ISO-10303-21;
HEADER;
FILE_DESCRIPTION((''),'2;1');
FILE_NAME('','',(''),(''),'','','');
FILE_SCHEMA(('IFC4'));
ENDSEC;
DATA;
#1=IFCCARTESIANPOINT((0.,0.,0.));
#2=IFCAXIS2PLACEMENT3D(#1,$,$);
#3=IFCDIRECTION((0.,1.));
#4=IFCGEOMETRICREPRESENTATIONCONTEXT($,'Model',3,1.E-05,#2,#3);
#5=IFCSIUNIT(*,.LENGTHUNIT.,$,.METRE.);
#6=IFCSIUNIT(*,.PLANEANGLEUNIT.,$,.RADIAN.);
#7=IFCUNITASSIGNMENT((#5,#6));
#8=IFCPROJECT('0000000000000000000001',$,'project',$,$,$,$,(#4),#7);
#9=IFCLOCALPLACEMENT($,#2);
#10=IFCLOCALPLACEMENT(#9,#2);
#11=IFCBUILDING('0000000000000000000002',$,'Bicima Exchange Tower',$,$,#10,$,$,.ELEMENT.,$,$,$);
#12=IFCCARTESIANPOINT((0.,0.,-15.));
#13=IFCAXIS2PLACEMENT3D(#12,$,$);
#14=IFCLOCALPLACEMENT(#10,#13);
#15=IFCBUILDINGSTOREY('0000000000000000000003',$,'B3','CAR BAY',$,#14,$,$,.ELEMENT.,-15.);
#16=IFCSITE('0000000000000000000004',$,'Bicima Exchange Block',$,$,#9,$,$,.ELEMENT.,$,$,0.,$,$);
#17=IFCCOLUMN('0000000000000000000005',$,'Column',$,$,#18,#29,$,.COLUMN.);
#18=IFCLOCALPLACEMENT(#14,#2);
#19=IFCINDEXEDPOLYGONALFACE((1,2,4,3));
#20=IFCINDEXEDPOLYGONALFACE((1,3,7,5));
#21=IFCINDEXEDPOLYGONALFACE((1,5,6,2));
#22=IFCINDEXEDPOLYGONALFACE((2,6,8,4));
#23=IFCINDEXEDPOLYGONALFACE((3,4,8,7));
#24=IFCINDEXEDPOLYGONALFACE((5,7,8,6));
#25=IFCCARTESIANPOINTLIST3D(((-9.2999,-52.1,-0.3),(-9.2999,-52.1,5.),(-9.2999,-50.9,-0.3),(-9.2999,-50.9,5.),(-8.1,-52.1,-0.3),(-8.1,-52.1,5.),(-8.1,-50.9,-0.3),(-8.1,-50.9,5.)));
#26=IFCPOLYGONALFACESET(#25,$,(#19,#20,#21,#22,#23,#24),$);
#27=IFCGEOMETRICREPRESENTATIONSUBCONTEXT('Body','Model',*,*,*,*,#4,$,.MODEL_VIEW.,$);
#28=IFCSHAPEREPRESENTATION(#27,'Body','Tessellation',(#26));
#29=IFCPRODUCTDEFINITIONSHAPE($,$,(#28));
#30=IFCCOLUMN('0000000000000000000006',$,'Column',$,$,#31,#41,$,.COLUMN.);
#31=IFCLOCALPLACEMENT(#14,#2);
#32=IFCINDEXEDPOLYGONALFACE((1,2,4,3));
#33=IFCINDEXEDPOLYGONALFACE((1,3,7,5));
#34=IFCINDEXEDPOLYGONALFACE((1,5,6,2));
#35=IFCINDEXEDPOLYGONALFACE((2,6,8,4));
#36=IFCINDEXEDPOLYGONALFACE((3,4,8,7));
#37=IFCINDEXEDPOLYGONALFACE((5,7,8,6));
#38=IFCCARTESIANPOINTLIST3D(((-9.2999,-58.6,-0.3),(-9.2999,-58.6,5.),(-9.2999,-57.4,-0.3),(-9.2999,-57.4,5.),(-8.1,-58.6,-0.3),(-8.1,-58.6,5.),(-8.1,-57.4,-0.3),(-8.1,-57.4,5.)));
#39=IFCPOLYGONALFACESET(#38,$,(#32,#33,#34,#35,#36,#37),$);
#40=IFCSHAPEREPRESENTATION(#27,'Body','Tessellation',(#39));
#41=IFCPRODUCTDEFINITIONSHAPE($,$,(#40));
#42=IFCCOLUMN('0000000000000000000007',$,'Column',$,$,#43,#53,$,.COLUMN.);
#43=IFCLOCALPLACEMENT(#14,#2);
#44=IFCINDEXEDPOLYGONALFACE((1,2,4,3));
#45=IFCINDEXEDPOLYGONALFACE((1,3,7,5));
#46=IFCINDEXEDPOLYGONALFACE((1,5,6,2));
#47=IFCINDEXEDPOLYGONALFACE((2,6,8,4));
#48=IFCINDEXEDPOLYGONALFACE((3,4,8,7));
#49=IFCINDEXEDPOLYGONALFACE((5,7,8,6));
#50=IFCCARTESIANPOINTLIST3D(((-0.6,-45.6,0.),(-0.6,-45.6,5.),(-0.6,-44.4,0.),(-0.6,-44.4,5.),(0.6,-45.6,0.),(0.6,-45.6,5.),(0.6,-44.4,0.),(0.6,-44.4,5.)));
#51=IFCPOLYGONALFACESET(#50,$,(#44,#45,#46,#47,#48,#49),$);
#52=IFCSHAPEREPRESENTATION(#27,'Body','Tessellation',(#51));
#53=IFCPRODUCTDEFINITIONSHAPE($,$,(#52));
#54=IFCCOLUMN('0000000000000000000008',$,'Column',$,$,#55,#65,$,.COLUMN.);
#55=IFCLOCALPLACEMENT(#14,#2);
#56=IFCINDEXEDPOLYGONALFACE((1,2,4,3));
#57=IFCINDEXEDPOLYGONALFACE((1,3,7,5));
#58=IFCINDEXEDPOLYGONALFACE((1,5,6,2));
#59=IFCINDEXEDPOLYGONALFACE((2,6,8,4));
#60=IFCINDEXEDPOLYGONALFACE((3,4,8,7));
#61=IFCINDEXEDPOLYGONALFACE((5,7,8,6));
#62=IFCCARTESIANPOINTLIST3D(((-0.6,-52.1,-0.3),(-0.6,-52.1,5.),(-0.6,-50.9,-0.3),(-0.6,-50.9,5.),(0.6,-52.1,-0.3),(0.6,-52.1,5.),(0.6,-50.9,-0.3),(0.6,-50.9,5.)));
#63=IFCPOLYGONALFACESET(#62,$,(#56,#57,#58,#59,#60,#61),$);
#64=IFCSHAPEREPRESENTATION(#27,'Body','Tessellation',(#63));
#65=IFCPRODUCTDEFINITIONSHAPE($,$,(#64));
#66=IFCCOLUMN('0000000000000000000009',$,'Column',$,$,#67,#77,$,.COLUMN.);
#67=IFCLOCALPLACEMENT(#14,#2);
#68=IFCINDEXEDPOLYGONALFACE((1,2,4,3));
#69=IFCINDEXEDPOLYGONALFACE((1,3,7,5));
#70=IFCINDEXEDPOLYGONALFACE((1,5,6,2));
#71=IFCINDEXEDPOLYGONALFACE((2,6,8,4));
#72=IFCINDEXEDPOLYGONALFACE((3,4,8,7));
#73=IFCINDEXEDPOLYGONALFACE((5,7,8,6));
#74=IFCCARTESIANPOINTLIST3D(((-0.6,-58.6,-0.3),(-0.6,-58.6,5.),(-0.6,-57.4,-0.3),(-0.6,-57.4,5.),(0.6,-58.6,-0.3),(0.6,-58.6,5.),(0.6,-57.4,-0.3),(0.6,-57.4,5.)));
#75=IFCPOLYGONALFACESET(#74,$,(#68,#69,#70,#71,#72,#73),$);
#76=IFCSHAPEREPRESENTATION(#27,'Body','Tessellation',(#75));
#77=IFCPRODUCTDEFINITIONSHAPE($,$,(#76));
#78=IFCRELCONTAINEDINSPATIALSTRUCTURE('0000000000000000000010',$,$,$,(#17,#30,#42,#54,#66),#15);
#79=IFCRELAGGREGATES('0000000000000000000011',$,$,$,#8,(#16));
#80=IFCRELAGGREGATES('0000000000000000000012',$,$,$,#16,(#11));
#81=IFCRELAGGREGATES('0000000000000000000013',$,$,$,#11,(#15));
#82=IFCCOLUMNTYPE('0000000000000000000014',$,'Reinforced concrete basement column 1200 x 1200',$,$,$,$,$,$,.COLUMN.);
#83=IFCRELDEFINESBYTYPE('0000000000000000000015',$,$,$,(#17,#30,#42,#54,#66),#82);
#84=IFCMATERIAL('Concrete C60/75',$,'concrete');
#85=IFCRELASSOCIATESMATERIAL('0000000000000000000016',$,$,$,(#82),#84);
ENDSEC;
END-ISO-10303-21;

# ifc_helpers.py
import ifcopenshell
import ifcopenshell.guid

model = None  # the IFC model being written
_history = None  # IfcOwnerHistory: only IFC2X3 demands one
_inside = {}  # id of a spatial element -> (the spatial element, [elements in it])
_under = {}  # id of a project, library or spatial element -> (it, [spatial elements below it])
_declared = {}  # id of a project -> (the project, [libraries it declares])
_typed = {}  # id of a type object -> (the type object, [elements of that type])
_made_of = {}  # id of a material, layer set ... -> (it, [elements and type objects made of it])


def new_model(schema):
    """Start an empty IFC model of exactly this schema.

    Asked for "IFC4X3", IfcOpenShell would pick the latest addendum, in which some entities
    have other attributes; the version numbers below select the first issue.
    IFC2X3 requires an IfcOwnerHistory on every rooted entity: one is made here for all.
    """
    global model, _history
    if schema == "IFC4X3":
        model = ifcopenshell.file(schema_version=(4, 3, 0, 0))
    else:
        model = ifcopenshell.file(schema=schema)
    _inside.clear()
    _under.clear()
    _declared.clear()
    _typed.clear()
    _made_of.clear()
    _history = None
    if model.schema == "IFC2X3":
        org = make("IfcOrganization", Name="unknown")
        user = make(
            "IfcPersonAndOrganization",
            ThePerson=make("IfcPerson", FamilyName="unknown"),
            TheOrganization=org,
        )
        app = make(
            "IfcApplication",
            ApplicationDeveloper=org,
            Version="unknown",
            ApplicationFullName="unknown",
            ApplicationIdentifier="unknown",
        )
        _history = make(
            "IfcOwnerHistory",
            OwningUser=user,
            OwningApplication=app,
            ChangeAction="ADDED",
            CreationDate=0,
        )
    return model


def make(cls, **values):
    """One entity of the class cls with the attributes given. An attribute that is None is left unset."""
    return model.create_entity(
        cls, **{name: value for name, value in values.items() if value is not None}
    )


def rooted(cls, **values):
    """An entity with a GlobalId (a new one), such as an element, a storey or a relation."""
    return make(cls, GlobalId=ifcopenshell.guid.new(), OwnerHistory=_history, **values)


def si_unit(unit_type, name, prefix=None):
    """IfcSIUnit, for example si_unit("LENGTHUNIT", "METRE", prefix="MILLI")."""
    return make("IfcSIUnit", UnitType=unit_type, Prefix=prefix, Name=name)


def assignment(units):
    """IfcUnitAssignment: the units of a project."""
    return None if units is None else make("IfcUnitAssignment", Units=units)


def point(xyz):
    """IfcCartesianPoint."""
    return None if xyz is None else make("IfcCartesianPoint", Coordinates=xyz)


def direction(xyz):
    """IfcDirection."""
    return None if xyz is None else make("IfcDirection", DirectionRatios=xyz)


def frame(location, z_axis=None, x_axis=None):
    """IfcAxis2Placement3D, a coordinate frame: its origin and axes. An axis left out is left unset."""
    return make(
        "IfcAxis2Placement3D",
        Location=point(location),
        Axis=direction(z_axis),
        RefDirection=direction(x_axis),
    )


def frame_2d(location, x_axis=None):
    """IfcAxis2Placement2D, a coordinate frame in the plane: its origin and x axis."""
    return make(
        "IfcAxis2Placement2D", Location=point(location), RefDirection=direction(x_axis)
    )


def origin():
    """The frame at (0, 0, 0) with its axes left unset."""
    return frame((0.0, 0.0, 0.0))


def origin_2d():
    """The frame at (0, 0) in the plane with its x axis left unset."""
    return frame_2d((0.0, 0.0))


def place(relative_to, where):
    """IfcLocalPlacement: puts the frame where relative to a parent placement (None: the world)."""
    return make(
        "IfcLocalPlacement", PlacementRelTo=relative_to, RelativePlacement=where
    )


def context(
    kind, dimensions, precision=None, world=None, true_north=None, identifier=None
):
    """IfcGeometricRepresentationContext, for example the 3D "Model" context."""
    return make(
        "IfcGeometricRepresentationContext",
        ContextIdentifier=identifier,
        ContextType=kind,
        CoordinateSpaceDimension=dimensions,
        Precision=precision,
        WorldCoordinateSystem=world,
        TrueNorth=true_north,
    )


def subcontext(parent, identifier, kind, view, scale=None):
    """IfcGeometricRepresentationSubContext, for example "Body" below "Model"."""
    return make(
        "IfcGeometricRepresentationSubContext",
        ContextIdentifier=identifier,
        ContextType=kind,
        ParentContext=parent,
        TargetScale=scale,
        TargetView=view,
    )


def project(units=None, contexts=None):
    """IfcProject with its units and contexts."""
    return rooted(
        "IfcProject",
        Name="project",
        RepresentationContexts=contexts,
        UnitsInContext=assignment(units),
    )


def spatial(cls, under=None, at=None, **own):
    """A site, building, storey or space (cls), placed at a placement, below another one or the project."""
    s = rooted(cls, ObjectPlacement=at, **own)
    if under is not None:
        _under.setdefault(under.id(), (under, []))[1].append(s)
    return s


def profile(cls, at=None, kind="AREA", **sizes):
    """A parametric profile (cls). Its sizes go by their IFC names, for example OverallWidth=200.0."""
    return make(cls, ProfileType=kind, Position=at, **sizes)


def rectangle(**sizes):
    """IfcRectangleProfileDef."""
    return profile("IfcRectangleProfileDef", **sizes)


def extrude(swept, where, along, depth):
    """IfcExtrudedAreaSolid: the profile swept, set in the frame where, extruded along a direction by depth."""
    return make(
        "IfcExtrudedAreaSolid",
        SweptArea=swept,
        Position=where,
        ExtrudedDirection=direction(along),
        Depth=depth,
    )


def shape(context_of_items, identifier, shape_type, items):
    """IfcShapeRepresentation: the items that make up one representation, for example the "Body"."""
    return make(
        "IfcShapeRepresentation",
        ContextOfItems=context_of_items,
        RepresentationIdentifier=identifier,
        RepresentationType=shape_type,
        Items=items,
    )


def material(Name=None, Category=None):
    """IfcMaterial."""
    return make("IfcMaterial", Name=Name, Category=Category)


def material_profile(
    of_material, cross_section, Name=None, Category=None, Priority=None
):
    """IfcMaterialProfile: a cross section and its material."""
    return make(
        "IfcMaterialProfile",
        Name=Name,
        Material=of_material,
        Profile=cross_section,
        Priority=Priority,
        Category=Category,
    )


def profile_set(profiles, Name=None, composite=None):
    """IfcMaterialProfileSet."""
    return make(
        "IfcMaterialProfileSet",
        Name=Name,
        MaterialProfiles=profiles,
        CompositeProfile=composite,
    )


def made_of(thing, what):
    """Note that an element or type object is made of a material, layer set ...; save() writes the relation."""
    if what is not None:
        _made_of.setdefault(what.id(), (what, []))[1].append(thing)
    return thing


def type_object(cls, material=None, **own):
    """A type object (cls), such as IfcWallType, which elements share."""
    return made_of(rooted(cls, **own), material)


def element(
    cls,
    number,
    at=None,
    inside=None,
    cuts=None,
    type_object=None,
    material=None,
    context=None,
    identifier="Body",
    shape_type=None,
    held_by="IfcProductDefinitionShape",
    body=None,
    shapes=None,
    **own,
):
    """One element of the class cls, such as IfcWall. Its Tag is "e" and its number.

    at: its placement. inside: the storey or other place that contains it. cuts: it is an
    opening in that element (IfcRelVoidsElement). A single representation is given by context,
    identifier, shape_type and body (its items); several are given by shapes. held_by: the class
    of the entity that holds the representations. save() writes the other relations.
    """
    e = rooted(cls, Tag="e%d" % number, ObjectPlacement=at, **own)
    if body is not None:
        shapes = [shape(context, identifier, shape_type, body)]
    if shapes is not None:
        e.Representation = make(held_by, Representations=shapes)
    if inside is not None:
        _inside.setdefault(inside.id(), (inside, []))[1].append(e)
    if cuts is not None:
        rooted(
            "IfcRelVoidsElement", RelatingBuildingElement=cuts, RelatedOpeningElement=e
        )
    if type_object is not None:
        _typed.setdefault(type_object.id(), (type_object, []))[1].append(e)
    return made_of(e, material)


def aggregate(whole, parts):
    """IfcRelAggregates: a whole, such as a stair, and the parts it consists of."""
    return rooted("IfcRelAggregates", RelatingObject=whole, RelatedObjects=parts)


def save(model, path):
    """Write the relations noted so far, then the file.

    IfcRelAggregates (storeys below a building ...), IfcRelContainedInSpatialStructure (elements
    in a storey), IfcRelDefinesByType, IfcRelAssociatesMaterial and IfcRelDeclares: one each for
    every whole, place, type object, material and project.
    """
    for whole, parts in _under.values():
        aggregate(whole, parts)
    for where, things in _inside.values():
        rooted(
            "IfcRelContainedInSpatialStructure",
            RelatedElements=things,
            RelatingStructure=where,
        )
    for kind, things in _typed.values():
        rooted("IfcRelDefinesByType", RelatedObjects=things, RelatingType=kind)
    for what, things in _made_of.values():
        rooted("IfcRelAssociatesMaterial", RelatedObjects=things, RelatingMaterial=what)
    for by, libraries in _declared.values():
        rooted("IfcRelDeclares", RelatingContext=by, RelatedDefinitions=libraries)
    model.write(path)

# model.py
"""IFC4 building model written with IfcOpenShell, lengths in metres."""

from ifc_helpers import new_model, si_unit, direction, frame, origin, origin_2d, place, context, subcontext, project, spatial, rectangle, extrude, material, material_profile, profile_set, type_object, element, save


model = new_model("IFC4")

# Units and contexts
model_context = context("Model", 3, precision=1e-05, world=origin(), true_north=direction((0.0, 1.0)))
body_context = subcontext(model_context, "Body", "Model", "MODEL_VIEW")
ifc_project = project(units=[si_unit("LENGTHUNIT", "METRE"), si_unit("PLANEANGLEUNIT", "RADIAN")], contexts=[model_context])

# Site, building, storey
site_placement = place(None, origin())
site = spatial("IfcSite", under=ifc_project, at=site_placement, Name="Bicima Exchange Block", CompositionType="ELEMENT", RefElevation=0.0)
building_placement = place(site_placement, origin())
building = spatial("IfcBuilding", under=site, at=building_placement, Name="Bicima Exchange Tower", CompositionType="ELEMENT")
storey_placement = place(building_placement, frame((0.0, 0.0, -15.0)))
storey = spatial("IfcBuildingStorey", under=building, at=storey_placement, Name="B3", Description="CAR BAY", CompositionType="ELEMENT", Elevation=-15.0)

# Columns
ifc_material_1 = material(Name="Concrete C60/75", Category="concrete")
ifc_material_profile_1 = material_profile(ifc_material_1, rectangle(XDim=1.2, YDim=1.2, at=origin_2d()))
ifc_profile_set_1 = profile_set([ifc_material_profile_1], Name="Concrete C60/75")
column_type = type_object("IfcColumnType", Name="Reinforced concrete basement column 1200 x 1200", PredefinedType="COLUMN", material=ifc_profile_set_1)
for number, where, z_axis, x_axis, name in (
    (1, (-8.7, -51.5, -0.3), (0.0, 0.0, 1.0), (1.0, 0.0, 0.0), "Column"),
    (2, (-8.7, -58.0, -0.3), (0.0, 0.0, 1.0), (1.0, 0.0, 0.0), "Column"),
):
    element("IfcColumn", number, at=place(storey_placement, frame(where, z_axis=z_axis, x_axis=x_axis)), inside=storey, type_object=column_type, Name=name, PredefinedType="COLUMN", context=body_context, shape_type="SweptSolid", body=[
        extrude(rectangle(XDim=1.2, YDim=1.2, at=origin_2d()), origin(), (0.0, 0.0, 1.0), 5.3),
    ])
column_placement = place(storey_placement, frame((0.0, -45.0, 0.0), z_axis=(0.0, 0.0, 1.0), x_axis=(1.0, 0.0, 0.0)))
element("IfcColumn", 3, at=column_placement, inside=storey, type_object=column_type, Name="Column", PredefinedType="COLUMN", context=body_context, shape_type="SweptSolid", body=[
    extrude(rectangle(XDim=1.2, YDim=1.2, at=origin_2d()), origin(), (0.0, 0.0, 1.0), 5.0),
])
for number, where, z_axis, x_axis, name in (
    (4, (0.0, -51.5, -0.3), (0.0, 0.0, 1.0), (1.0, 0.0, 0.0), "Column"),
    (5, (0.0, -58.0, -0.3), (0.0, 0.0, 1.0), (1.0, 0.0, 0.0), "Column"),
):
    element("IfcColumn", number, at=place(storey_placement, frame(where, z_axis=z_axis, x_axis=x_axis)), inside=storey, type_object=column_type, Name=name, PredefinedType="COLUMN", context=body_context, shape_type="SweptSolid", body=[
        extrude(rectangle(XDim=1.2, YDim=1.2, at=origin_2d()), origin(), (0.0, 0.0, 1.0), 5.3),
    ])

save(model, "model.ifc")
